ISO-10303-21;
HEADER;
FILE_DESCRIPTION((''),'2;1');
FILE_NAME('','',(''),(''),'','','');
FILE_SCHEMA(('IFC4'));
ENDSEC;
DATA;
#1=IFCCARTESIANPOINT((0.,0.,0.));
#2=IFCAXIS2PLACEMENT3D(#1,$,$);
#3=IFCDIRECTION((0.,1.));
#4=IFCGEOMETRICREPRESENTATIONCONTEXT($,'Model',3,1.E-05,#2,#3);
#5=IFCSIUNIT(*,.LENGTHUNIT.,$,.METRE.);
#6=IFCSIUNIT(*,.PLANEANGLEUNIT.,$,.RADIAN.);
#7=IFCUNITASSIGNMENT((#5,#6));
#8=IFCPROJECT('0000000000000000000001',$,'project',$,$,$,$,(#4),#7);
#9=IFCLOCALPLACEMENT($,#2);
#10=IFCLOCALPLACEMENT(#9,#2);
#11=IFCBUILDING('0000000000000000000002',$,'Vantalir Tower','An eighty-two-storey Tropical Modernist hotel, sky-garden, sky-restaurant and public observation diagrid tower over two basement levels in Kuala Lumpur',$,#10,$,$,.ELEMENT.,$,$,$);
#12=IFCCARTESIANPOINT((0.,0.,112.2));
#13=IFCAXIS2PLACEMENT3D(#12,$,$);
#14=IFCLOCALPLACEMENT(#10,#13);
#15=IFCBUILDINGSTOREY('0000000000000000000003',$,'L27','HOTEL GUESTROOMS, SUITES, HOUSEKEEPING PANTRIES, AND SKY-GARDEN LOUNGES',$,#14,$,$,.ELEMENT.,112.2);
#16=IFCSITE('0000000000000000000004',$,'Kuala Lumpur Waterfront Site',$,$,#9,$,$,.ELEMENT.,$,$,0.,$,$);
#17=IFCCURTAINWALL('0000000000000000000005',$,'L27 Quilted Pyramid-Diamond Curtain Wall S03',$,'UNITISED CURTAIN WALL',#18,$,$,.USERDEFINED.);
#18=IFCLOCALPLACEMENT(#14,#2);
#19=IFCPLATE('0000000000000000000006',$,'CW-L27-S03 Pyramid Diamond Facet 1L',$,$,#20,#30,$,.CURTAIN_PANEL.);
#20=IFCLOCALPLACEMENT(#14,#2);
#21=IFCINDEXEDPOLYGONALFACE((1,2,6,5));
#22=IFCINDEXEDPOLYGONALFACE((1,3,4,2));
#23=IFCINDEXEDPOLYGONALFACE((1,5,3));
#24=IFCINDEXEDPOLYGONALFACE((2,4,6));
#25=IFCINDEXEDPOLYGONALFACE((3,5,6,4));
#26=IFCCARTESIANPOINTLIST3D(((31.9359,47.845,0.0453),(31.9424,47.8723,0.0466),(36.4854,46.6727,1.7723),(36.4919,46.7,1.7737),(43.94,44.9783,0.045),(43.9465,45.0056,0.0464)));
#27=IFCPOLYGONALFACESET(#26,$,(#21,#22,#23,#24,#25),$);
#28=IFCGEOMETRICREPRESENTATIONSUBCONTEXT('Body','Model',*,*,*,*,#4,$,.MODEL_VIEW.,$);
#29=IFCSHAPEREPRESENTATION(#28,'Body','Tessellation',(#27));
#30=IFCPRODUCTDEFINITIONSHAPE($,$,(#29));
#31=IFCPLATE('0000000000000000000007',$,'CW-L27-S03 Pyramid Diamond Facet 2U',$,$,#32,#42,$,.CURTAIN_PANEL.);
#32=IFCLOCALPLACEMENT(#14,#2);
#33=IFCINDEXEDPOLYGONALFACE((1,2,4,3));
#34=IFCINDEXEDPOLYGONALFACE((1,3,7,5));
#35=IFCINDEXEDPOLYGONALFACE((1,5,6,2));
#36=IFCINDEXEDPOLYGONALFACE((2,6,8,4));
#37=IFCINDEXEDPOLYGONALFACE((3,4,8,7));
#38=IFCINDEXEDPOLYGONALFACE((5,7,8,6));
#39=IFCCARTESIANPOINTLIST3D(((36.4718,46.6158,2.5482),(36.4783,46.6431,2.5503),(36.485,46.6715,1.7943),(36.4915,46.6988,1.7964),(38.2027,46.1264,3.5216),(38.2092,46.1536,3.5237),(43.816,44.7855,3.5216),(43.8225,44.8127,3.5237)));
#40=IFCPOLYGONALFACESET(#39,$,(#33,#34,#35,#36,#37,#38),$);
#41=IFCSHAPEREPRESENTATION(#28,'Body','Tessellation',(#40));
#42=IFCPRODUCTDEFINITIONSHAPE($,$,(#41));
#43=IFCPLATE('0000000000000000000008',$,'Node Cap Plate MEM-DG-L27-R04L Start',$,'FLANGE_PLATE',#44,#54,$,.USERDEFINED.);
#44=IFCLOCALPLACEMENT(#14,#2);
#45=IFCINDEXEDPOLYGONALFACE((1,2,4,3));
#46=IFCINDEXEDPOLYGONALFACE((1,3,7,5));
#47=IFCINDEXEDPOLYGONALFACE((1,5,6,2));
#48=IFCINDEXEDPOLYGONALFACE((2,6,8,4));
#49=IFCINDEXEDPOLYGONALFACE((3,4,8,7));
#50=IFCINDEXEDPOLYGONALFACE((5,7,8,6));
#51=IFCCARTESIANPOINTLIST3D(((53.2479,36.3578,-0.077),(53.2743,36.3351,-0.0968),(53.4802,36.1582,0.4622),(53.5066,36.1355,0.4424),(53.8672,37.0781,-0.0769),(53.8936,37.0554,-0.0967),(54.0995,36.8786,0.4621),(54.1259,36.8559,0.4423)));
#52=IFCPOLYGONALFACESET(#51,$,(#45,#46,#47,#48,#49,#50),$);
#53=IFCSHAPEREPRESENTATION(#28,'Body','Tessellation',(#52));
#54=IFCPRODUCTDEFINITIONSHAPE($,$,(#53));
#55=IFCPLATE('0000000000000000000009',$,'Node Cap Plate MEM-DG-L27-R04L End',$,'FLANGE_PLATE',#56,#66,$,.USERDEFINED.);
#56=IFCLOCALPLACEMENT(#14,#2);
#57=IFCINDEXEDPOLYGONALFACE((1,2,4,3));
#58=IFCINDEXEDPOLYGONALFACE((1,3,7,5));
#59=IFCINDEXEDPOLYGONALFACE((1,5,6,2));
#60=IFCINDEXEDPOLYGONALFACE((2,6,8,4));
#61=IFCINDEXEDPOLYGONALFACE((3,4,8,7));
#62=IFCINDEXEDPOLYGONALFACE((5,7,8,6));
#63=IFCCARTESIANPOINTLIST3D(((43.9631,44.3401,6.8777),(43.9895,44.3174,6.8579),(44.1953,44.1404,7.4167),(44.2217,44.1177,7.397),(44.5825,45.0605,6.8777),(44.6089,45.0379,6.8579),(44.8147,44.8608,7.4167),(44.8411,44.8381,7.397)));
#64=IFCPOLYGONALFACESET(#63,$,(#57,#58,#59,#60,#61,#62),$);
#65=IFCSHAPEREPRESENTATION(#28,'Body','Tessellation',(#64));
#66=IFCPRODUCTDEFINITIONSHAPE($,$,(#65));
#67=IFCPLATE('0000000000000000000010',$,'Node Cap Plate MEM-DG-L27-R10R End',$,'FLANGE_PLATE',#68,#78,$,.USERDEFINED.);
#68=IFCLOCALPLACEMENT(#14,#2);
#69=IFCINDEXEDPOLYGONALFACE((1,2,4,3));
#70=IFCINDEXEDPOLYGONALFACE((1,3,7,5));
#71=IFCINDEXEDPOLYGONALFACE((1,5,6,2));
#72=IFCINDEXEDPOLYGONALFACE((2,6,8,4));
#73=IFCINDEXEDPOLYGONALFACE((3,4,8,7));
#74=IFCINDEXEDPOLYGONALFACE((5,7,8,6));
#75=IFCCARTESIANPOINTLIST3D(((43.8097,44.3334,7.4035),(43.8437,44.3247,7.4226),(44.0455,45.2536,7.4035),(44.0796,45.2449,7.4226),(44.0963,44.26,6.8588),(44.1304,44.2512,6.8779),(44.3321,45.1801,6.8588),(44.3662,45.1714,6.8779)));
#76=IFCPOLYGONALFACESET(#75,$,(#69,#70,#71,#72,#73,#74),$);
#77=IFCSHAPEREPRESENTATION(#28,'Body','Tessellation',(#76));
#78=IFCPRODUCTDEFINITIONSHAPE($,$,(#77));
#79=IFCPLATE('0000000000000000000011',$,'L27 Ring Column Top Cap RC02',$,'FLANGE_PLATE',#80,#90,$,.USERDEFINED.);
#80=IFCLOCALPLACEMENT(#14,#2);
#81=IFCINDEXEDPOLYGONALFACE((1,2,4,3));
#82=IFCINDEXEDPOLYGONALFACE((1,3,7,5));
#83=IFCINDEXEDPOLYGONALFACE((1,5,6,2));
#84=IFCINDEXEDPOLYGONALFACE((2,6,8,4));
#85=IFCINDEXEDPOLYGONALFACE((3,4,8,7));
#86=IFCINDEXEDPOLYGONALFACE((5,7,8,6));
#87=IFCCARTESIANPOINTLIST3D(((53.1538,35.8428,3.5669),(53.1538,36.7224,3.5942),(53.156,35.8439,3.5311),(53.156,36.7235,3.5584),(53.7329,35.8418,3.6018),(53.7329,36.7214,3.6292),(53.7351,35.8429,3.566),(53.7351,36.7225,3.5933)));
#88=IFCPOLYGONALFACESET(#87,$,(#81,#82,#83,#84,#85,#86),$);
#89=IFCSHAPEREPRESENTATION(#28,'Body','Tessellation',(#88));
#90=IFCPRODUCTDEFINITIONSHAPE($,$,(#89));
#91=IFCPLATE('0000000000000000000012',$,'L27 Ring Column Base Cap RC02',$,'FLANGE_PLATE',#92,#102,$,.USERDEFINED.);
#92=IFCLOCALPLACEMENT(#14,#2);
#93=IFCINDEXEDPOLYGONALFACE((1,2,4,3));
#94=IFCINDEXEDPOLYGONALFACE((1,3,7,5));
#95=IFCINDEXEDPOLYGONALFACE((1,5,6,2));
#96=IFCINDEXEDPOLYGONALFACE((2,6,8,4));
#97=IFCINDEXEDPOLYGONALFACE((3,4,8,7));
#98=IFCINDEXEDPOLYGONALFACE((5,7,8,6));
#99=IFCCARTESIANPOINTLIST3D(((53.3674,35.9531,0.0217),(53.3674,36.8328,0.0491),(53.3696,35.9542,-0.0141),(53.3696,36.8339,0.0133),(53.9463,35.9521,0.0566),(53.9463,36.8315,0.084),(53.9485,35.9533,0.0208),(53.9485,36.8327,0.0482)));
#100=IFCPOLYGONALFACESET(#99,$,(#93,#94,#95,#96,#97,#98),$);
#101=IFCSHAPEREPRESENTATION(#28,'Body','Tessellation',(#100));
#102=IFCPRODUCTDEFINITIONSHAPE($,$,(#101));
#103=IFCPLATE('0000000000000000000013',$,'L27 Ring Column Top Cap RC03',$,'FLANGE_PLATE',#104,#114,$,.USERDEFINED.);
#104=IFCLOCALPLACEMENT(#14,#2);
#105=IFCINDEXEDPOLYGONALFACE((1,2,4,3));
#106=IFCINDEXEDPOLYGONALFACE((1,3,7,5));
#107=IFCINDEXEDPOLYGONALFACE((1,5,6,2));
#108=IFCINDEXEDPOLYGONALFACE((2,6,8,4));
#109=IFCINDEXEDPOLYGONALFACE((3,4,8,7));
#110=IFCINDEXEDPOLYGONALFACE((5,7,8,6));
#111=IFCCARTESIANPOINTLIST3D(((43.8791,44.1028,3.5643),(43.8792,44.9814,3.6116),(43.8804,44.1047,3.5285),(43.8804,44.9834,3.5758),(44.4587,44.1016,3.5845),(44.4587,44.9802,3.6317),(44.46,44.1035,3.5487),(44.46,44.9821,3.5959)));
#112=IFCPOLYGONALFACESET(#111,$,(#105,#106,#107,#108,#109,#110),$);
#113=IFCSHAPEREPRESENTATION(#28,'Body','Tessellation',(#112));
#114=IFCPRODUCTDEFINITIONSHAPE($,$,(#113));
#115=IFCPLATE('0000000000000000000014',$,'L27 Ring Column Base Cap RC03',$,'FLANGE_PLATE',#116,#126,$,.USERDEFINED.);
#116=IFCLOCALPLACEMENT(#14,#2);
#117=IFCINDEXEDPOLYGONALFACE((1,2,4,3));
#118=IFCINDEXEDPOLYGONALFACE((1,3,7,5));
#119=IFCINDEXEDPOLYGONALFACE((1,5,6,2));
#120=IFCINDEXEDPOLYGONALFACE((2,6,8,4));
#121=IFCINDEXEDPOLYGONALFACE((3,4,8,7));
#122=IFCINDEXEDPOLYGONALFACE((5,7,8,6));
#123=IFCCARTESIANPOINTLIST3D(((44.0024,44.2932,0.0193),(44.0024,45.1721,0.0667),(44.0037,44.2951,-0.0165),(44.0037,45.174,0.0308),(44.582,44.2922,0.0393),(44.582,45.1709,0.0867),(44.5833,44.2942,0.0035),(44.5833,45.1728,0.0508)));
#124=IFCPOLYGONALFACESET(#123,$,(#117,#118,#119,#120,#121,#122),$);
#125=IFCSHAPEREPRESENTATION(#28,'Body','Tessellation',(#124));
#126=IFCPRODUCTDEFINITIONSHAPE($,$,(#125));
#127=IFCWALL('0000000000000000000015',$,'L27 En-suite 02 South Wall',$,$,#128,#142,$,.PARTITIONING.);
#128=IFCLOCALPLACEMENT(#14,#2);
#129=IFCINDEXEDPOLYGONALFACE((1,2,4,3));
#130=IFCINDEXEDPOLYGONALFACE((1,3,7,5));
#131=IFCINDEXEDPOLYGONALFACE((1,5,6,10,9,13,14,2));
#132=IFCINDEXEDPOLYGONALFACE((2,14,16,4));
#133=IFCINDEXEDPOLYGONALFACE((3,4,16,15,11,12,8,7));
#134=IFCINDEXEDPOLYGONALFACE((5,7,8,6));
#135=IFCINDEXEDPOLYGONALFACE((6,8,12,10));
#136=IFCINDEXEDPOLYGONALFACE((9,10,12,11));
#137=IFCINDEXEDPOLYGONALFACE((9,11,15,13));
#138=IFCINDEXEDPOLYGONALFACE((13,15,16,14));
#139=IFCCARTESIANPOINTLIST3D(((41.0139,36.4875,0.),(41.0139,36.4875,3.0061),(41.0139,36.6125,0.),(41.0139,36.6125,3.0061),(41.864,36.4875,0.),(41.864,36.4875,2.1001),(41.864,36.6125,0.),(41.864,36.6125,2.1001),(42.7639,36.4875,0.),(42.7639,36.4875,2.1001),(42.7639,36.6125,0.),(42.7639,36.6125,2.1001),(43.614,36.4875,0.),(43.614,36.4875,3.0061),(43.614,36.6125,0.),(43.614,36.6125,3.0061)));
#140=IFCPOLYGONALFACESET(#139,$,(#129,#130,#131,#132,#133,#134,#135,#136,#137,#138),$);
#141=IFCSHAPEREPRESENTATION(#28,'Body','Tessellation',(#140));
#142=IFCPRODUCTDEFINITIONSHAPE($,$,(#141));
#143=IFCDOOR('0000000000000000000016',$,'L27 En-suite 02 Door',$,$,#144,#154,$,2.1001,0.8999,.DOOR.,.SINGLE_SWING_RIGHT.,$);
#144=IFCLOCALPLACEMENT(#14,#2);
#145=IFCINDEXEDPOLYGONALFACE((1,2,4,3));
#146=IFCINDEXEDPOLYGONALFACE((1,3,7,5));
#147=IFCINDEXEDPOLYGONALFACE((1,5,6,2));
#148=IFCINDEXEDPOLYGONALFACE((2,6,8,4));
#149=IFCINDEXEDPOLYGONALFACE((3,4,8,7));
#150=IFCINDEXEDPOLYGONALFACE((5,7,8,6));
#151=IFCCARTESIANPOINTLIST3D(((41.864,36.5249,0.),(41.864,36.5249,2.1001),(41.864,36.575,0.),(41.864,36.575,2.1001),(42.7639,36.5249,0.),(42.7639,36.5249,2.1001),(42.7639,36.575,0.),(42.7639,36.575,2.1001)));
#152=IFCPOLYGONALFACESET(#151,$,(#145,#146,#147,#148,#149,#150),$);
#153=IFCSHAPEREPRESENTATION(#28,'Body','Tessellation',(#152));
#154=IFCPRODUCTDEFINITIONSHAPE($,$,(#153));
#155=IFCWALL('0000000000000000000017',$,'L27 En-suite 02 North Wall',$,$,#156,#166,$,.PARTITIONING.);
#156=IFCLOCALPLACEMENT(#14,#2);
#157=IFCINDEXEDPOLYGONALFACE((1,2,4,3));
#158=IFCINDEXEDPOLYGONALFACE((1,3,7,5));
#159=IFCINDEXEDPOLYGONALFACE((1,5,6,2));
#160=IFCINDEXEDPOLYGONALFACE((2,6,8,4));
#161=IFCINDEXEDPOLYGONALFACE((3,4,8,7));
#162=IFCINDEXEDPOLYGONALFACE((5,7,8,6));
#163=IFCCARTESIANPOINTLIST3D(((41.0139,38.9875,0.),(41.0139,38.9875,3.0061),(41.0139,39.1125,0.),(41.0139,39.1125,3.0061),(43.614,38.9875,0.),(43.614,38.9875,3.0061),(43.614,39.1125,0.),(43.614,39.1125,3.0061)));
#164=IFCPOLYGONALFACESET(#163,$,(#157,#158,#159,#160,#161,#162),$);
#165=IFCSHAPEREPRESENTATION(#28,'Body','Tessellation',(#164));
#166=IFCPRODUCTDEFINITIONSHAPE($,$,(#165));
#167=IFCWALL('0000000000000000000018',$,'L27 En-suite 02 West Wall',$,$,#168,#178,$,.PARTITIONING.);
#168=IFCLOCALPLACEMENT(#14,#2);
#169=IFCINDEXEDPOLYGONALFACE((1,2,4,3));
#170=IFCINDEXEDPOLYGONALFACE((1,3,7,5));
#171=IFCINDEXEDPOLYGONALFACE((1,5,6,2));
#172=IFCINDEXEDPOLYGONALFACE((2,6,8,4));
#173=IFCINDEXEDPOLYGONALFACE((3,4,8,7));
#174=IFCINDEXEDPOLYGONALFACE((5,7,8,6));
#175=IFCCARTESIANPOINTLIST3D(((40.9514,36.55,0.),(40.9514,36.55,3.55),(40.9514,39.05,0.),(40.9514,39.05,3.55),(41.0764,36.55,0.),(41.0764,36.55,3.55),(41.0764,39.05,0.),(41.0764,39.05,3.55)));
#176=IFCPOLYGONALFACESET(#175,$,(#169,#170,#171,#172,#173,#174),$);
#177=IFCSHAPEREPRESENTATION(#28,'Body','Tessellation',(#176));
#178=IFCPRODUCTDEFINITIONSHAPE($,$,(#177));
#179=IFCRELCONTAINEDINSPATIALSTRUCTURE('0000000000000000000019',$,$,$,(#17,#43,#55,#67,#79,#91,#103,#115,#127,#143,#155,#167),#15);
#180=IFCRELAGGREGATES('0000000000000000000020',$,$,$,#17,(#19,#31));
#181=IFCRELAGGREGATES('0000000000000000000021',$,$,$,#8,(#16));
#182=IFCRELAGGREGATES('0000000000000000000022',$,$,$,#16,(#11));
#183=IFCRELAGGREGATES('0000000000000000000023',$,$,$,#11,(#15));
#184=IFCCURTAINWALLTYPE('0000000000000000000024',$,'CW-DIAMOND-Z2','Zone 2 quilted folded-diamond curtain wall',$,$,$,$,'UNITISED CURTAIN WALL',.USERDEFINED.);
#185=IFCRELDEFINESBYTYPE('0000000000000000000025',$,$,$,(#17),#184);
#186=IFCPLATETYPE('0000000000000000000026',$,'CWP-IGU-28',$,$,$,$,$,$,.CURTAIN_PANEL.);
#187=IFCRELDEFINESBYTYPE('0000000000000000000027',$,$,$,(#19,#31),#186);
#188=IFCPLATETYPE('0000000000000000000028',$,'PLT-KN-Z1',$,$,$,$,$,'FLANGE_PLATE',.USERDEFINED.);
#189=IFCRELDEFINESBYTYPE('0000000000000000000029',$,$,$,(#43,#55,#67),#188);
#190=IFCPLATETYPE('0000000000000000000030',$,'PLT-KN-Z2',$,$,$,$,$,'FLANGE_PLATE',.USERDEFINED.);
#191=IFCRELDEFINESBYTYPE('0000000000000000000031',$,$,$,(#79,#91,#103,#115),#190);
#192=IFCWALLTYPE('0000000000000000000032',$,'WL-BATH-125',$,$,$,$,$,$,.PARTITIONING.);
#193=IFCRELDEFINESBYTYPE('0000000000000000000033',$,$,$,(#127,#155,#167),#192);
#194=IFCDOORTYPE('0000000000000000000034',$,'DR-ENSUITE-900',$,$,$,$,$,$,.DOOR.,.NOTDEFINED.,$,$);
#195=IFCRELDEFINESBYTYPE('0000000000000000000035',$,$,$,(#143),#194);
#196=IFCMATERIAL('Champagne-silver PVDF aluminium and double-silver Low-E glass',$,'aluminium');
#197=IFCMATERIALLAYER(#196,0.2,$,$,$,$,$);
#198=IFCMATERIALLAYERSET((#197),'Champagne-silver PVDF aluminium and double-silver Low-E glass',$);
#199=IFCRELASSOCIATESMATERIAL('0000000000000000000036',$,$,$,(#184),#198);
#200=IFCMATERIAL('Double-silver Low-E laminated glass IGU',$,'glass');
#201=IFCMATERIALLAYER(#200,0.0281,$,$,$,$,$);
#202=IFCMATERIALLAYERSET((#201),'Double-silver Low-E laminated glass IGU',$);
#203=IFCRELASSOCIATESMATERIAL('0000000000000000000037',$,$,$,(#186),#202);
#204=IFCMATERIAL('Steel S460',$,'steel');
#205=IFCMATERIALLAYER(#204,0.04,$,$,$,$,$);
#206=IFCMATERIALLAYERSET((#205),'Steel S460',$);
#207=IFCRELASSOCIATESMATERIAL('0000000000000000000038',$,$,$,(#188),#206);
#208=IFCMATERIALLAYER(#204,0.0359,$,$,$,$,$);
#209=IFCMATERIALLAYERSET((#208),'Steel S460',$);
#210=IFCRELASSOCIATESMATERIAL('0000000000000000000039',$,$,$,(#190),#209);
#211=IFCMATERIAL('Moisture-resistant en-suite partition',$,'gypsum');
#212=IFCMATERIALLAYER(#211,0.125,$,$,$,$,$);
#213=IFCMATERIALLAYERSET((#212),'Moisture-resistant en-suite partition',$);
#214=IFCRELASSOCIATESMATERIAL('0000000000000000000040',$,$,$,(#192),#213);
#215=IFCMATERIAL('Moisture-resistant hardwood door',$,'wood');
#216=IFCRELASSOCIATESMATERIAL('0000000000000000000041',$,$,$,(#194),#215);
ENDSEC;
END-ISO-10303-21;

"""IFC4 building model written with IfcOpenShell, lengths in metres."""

from ifc_helpers import new_model, si_unit, direction, frame, frame_2d, origin, place, context, subcontext, project, spatial, polyline, rectangle, outline, extrude, material, layer, layer_set, type_object, element, fill, aggregate, save


model = new_model("IFC4")

# Units and contexts
model_context = context("Model", 3, precision=1e-05, world=origin(), true_north=direction((0.0, 1.0)))
body_context = subcontext(model_context, "Body", "Model", "MODEL_VIEW")
ifc_project = project(units=[si_unit("LENGTHUNIT", "METRE"), si_unit("PLANEANGLEUNIT", "RADIAN")], contexts=[model_context])

# Site, building, storey
site_placement = place(None, origin())
site = spatial("IfcSite", under=ifc_project, at=site_placement, Name="Kuala Lumpur Waterfront Site", CompositionType="ELEMENT", RefElevation=0.0)
building_placement = place(site_placement, origin())
building = spatial("IfcBuilding", under=site, at=building_placement, Name="Vantalir Tower", Description="An eighty-two-storey Tropical Modernist hotel, sky-garden, sky-restaurant and public observation diagrid tower over two basement levels in Kuala Lumpur", CompositionType="ELEMENT")
storey_placement = place(building_placement, frame((0.0, 0.0, 112.2)))
storey = spatial("IfcBuildingStorey", under=building, at=storey_placement, Name="L27", Description="HOTEL GUESTROOMS, SUITES, HOUSEKEEPING PANTRIES, AND SKY-GARDEN LOUNGES", CompositionType="ELEMENT", Elevation=112.2)

# Shared definitions
ifc_material_1 = material(Name="Steel S460", Category="steel")

# Shared definitions
ifc_material_2 = material(Name="Champagne-silver PVDF aluminium and double-silver Low-E glass", Category="aluminium")
ifc_layer_1 = layer(ifc_material_2, 0.2)
ifc_layer_set_1 = layer_set([ifc_layer_1], Name="Champagne-silver PVDF aluminium and double-silver Low-E glass")
curtain_wall_type = type_object("IfcCurtainWallType", Name="CW-DIAMOND-Z2", Description="Zone 2 quilted folded-diamond curtain wall", ElementType="UNITISED CURTAIN WALL", PredefinedType="USERDEFINED", material=ifc_layer_set_1)

# Curtain wall
curtain_wall_1_placement = place(storey_placement, origin())
curtain_wall_1 = element("IfcCurtainWall", 1, at=curtain_wall_1_placement, inside=storey, type_object=curtain_wall_type, Name="L27 Quilted Pyramid-Diamond Curtain Wall S03", ObjectType="UNITISED CURTAIN WALL", PredefinedType="USERDEFINED")

# Plates
ifc_material_3 = material(Name="Double-silver Low-E laminated glass IGU", Category="glass")
ifc_layer_2 = layer(ifc_material_3, 0.0281)
ifc_layer_set_2 = layer_set([ifc_layer_2], Name="Double-silver Low-E laminated glass IGU")
plate_type_1 = type_object("IfcPlateType", Name="CWP-IGU-28", PredefinedType="CURTAIN_PANEL", material=ifc_layer_set_2)
plate_1_placement = place(storey_placement, frame((43.9465, 45.0056, 0.0464), z_axis=(0.232007, 0.971514, 0.048311), x_axis=(-0.97265, 0.232277, 0.00002)))
plate_1 = element("IfcPlate", 2, at=plate_1_placement, type_object=plate_type_1, Name="CW-L27-S03 Pyramid Diamond Facet 1L", PredefinedType="CURTAIN_PANEL", context=body_context, shape_type="SweptSolid", body=[
    extrude(outline(polyline([(0.0, 0.0), (12.3417, 0.0), (7.6443, 1.7292), (0.0, 0.0)])), origin(), (0.0, 0.0, -1.0), 0.0281),
])
plate_2_placement = place(storey_placement, frame((43.8225, 44.8127, 3.5237), z_axis=(0.231669, 0.969844, 0.075709), x_axis=(-0.972636, 0.232336, 0.0)))
plate_2 = element("IfcPlate", 3, at=plate_2_placement, type_object=plate_type_1, Name="CW-L27-S03 Pyramid Diamond Facet 2U", PredefinedType="CURTAIN_PANEL", context=body_context, shape_type="SweptSolid", body=[
    extrude(outline(polyline([(0.0, 0.0), (5.7712, 0.0), (7.5685, -0.9762), (7.5686, -1.7323), (0.0, 0.0)])), origin(), (0.0, 0.0, -1.0), 0.0281),
])
aggregate(curtain_wall_1, [plate_1, plate_2])

# Plates
ifc_layer_3 = layer(ifc_material_1, 0.04)
ifc_layer_set_3 = layer_set([ifc_layer_3], Name="Steel S460")
plate_type_2 = type_object("IfcPlateType", Name="PLT-KN-Z1", ElementType="FLANGE_PLATE", PredefinedType="USERDEFINED", material=ifc_layer_set_3)
plate_3_placement = place(storey_placement, frame((53.8672, 37.0781, -0.0769), z_axis=(-0.659323, 0.56681, 0.493983), x_axis=(-0.651935, -0.758275, -0.000078)))
element("IfcPlate", 4, at=plate_3_placement, inside=storey, type_object=plate_type_2, Name="Node Cap Plate MEM-DG-L27-R04L Start", ObjectType="FLANGE_PLATE", PredefinedType="USERDEFINED", context=body_context, shape_type="SweptSolid", body=[
    extrude(outline(polyline([(0.0, 0.0), (0.9499, 0.0), (0.9498, 0.6201), (-0.0002, 0.6199), (0.0, 0.0)])), origin(), (0.0, 0.0, -1.0), 0.04),
])
plate_4_placement = place(storey_placement, frame((44.5825, 45.0605, 6.8777), z_axis=(-0.659322, 0.566825, 0.493967), x_axis=(-0.651912, -0.758294, 0.0)))
element("IfcPlate", 5, at=plate_4_placement, inside=storey, type_object=plate_type_2, Name="Node Cap Plate MEM-DG-L27-R04L End", ObjectType="FLANGE_PLATE", PredefinedType="USERDEFINED", context=body_context, shape_type="SweptSolid", body=[
    extrude(outline(polyline([(0.0, 0.0), (0.9501, 0.0), (0.9502, 0.62), (0.0001, 0.62), (0.0, 0.0)])), origin(), (0.0, 0.0, -1.0), 0.04),
])
plate_5_placement = place(storey_placement, frame((44.1304, 44.2512, 6.8779), z_axis=(0.851199, -0.218163, 0.477353), x_axis=(0.248276, 0.968689, 0.0)))
element("IfcPlate", 6, at=plate_5_placement, inside=storey, type_object=plate_type_2, Name="Node Cap Plate MEM-DG-L27-R10R End", ObjectType="FLANGE_PLATE", PredefinedType="USERDEFINED", context=body_context, shape_type="SweptSolid", body=[
    extrude(outline(polyline([(0.0, 0.0), (0.9499, 0.0), (0.9499, 0.6199), (0.0, 0.6199), (0.0, 0.0)])), origin(), (0.0, 0.0, -1.0), 0.04),
])
ifc_layer_4 = layer(ifc_material_1, 0.0359)
ifc_layer_set_4 = layer_set([ifc_layer_4], Name="Steel S460")
plate_type_3 = type_object("IfcPlateType", Name="PLT-KN-Z2", ElementType="FLANGE_PLATE", PredefinedType="USERDEFINED", material=ifc_layer_set_4)
plate_6_placement = place(storey_placement, frame((53.1538, 36.7224, 3.5942), z_axis=(-0.060201, -0.031014, 0.997704), x_axis=(0.0, -0.999517, -0.03107)))
element("IfcPlate", 7, at=plate_6_placement, inside=storey, type_object=plate_type_3, Name="L27 Ring Column Top Cap RC02", ObjectType="FLANGE_PLATE", PredefinedType="USERDEFINED", context=body_context, shape_type="SweptSolid", body=[
    extrude(outline(polyline([(0.0, 0.0), (0.8801, 0.0), (0.88, 0.5802), (-0.0001, 0.5802), (0.0, 0.0)])), origin(), (0.0, 0.0, -1.0), 0.0359),
])
plate_7_placement = place(storey_placement, frame((53.3674, 36.8328, 0.0491), z_axis=(-0.060232, -0.031018, 0.997702), x_axis=(0.0, -0.999517, -0.031074)))
element("IfcPlate", 8, at=plate_7_placement, inside=storey, type_object=plate_type_3, Name="L27 Ring Column Base Cap RC02", ObjectType="FLANGE_PLATE", PredefinedType="USERDEFINED", context=body_context, shape_type="SweptSolid", body=[
    extrude(outline(polyline([(0.0, 0.0), (0.8801, 0.0), (0.88, 0.5799), (0.0001, 0.5799), (0.0, 0.0)])), origin(), (0.0, 0.0, -1.0), 0.0359),
])
plate_8_placement = place(storey_placement, frame((43.8792, 44.9814, 3.6116), z_axis=(-0.034793, -0.053655, 0.997953), x_axis=(-0.000005, -0.998558, -0.053688)))
element("IfcPlate", 9, at=plate_8_placement, inside=storey, type_object=plate_type_3, Name="L27 Ring Column Top Cap RC03", ObjectType="FLANGE_PLATE", PredefinedType="USERDEFINED", context=body_context, shape_type="SweptSolid", body=[
    extrude(outline(polyline([(0.0, 0.0), (0.8799, 0.0), (0.8801, 0.5799), (0.0001, 0.5799), (0.0, 0.0)])), origin(), (0.0, 0.0, -1.0), 0.0359),
])
plate_9_placement = place(storey_placement, frame((44.0024, 45.1721, 0.0667), z_axis=(-0.034572, -0.053786, 0.997954), x_axis=(0.0, -0.998551, -0.053818)))
element("IfcPlate", 10, at=plate_9_placement, inside=storey, type_object=plate_type_3, Name="L27 Ring Column Base Cap RC03", ObjectType="FLANGE_PLATE", PredefinedType="USERDEFINED", context=body_context, shape_type="SweptSolid", body=[
    extrude(outline(polyline([(0.0, 0.0), (0.8802, 0.0), (0.8801, 0.5799), (0.0001, 0.5799), (0.0, 0.0)])), origin(), (0.0, 0.0, -1.0), 0.0359),
])

# Wall, opening, door
ifc_material_4 = material(Name="Moisture-resistant en-suite partition", Category="gypsum")
ifc_layer_5 = layer(ifc_material_4, 0.125)
ifc_layer_set_5 = layer_set([ifc_layer_5], Name="Moisture-resistant en-suite partition")
wall_type = type_object("IfcWallType", Name="WL-BATH-125", PredefinedType="PARTITIONING", material=ifc_layer_set_5)
wall_1_placement = place(storey_placement, frame((41.0139, 36.55, 0.0), z_axis=(0.0, 0.0, 1.0), x_axis=(1.0, 0.0, 0.0)))
wall_1 = element("IfcWall", 11, at=wall_1_placement, inside=storey, type_object=wall_type, Name="L27 En-suite 02 South Wall", PredefinedType="PARTITIONING", context=body_context, shape_type="SweptSolid", body=[
    extrude(rectangle(XDim=2.6001, YDim=0.125, at=frame_2d((1.3, 0.0))), origin(), (0.0, 0.0, 1.0), 3.0061),
])
opening_placement = place(wall_1_placement, frame((0.8501, 0.0, 0.0)))
opening = element("IfcOpeningElement", 12, at=opening_placement, cuts=wall_1, PredefinedType="OPENING", context=body_context, shape_type="SweptSolid", body=[
    extrude(rectangle(XDim=0.8999, YDim=2.1001, at=frame_2d((0.45, 1.05))), frame((0.0, 0.0725, 0.0), z_axis=(0.0, -1.0, 0.0), x_axis=(1.0, 0.0, 0.0)), (0.0, 0.0, 1.0), 0.145),
])
ifc_material_5 = material(Name="Moisture-resistant hardwood door", Category="wood")
door_type = type_object("IfcDoorType", Name="DR-ENSUITE-900", OperationType="NOTDEFINED", PredefinedType="DOOR", material=ifc_material_5)
door_placement = place(opening_placement, origin())
door = element("IfcDoor", 13, at=door_placement, inside=storey, type_object=door_type, Name="L27 En-suite 02 Door", OperationType="SINGLE_SWING_RIGHT", OverallHeight=2.1001, OverallWidth=0.8999, PredefinedType="DOOR", context=body_context, shape_type="SweptSolid", body=[
    extrude(rectangle(XDim=0.8999, YDim=2.1001, at=frame_2d((0.45, 1.05))), frame((0.0, 0.0249, 0.0), z_axis=(0.0, -1.0, 0.0), x_axis=(1.0, 0.0, 0.0)), (0.0, 0.0, 1.0), 0.05),
])
fill(opening, door)

# Walls
wall_2_placement = place(storey_placement, frame((41.0139, 39.05, 0.0), z_axis=(0.0, 0.0, 1.0), x_axis=(1.0, 0.0, 0.0)))
element("IfcWall", 14, at=wall_2_placement, inside=storey, type_object=wall_type, Name="L27 En-suite 02 North Wall", PredefinedType="PARTITIONING", context=body_context, shape_type="SweptSolid", body=[
    extrude(rectangle(XDim=2.6001, YDim=0.125, at=frame_2d((1.3, 0.0))), origin(), (0.0, 0.0, 1.0), 3.0061),
])
for number, where, z_axis, x_axis, name in (
    (15, (41.0139, 36.55, 0.0), (0.0, 0.0, 1.0), (0.0, 1.0, 0.0), "L27 En-suite 02 West Wall"),
):
    element("IfcWall", number, at=place(storey_placement, frame(where, z_axis=z_axis, x_axis=x_axis)), inside=storey, type_object=wall_type, Name=name, PredefinedType="PARTITIONING", context=body_context, shape_type="SweptSolid", body=[
        extrude(rectangle(XDim=2.5, YDim=0.125, at=frame_2d((1.25, 0.0))), origin(), (0.0, 0.0, 1.0), 3.55),
    ])

save(model, "model.ifc")
